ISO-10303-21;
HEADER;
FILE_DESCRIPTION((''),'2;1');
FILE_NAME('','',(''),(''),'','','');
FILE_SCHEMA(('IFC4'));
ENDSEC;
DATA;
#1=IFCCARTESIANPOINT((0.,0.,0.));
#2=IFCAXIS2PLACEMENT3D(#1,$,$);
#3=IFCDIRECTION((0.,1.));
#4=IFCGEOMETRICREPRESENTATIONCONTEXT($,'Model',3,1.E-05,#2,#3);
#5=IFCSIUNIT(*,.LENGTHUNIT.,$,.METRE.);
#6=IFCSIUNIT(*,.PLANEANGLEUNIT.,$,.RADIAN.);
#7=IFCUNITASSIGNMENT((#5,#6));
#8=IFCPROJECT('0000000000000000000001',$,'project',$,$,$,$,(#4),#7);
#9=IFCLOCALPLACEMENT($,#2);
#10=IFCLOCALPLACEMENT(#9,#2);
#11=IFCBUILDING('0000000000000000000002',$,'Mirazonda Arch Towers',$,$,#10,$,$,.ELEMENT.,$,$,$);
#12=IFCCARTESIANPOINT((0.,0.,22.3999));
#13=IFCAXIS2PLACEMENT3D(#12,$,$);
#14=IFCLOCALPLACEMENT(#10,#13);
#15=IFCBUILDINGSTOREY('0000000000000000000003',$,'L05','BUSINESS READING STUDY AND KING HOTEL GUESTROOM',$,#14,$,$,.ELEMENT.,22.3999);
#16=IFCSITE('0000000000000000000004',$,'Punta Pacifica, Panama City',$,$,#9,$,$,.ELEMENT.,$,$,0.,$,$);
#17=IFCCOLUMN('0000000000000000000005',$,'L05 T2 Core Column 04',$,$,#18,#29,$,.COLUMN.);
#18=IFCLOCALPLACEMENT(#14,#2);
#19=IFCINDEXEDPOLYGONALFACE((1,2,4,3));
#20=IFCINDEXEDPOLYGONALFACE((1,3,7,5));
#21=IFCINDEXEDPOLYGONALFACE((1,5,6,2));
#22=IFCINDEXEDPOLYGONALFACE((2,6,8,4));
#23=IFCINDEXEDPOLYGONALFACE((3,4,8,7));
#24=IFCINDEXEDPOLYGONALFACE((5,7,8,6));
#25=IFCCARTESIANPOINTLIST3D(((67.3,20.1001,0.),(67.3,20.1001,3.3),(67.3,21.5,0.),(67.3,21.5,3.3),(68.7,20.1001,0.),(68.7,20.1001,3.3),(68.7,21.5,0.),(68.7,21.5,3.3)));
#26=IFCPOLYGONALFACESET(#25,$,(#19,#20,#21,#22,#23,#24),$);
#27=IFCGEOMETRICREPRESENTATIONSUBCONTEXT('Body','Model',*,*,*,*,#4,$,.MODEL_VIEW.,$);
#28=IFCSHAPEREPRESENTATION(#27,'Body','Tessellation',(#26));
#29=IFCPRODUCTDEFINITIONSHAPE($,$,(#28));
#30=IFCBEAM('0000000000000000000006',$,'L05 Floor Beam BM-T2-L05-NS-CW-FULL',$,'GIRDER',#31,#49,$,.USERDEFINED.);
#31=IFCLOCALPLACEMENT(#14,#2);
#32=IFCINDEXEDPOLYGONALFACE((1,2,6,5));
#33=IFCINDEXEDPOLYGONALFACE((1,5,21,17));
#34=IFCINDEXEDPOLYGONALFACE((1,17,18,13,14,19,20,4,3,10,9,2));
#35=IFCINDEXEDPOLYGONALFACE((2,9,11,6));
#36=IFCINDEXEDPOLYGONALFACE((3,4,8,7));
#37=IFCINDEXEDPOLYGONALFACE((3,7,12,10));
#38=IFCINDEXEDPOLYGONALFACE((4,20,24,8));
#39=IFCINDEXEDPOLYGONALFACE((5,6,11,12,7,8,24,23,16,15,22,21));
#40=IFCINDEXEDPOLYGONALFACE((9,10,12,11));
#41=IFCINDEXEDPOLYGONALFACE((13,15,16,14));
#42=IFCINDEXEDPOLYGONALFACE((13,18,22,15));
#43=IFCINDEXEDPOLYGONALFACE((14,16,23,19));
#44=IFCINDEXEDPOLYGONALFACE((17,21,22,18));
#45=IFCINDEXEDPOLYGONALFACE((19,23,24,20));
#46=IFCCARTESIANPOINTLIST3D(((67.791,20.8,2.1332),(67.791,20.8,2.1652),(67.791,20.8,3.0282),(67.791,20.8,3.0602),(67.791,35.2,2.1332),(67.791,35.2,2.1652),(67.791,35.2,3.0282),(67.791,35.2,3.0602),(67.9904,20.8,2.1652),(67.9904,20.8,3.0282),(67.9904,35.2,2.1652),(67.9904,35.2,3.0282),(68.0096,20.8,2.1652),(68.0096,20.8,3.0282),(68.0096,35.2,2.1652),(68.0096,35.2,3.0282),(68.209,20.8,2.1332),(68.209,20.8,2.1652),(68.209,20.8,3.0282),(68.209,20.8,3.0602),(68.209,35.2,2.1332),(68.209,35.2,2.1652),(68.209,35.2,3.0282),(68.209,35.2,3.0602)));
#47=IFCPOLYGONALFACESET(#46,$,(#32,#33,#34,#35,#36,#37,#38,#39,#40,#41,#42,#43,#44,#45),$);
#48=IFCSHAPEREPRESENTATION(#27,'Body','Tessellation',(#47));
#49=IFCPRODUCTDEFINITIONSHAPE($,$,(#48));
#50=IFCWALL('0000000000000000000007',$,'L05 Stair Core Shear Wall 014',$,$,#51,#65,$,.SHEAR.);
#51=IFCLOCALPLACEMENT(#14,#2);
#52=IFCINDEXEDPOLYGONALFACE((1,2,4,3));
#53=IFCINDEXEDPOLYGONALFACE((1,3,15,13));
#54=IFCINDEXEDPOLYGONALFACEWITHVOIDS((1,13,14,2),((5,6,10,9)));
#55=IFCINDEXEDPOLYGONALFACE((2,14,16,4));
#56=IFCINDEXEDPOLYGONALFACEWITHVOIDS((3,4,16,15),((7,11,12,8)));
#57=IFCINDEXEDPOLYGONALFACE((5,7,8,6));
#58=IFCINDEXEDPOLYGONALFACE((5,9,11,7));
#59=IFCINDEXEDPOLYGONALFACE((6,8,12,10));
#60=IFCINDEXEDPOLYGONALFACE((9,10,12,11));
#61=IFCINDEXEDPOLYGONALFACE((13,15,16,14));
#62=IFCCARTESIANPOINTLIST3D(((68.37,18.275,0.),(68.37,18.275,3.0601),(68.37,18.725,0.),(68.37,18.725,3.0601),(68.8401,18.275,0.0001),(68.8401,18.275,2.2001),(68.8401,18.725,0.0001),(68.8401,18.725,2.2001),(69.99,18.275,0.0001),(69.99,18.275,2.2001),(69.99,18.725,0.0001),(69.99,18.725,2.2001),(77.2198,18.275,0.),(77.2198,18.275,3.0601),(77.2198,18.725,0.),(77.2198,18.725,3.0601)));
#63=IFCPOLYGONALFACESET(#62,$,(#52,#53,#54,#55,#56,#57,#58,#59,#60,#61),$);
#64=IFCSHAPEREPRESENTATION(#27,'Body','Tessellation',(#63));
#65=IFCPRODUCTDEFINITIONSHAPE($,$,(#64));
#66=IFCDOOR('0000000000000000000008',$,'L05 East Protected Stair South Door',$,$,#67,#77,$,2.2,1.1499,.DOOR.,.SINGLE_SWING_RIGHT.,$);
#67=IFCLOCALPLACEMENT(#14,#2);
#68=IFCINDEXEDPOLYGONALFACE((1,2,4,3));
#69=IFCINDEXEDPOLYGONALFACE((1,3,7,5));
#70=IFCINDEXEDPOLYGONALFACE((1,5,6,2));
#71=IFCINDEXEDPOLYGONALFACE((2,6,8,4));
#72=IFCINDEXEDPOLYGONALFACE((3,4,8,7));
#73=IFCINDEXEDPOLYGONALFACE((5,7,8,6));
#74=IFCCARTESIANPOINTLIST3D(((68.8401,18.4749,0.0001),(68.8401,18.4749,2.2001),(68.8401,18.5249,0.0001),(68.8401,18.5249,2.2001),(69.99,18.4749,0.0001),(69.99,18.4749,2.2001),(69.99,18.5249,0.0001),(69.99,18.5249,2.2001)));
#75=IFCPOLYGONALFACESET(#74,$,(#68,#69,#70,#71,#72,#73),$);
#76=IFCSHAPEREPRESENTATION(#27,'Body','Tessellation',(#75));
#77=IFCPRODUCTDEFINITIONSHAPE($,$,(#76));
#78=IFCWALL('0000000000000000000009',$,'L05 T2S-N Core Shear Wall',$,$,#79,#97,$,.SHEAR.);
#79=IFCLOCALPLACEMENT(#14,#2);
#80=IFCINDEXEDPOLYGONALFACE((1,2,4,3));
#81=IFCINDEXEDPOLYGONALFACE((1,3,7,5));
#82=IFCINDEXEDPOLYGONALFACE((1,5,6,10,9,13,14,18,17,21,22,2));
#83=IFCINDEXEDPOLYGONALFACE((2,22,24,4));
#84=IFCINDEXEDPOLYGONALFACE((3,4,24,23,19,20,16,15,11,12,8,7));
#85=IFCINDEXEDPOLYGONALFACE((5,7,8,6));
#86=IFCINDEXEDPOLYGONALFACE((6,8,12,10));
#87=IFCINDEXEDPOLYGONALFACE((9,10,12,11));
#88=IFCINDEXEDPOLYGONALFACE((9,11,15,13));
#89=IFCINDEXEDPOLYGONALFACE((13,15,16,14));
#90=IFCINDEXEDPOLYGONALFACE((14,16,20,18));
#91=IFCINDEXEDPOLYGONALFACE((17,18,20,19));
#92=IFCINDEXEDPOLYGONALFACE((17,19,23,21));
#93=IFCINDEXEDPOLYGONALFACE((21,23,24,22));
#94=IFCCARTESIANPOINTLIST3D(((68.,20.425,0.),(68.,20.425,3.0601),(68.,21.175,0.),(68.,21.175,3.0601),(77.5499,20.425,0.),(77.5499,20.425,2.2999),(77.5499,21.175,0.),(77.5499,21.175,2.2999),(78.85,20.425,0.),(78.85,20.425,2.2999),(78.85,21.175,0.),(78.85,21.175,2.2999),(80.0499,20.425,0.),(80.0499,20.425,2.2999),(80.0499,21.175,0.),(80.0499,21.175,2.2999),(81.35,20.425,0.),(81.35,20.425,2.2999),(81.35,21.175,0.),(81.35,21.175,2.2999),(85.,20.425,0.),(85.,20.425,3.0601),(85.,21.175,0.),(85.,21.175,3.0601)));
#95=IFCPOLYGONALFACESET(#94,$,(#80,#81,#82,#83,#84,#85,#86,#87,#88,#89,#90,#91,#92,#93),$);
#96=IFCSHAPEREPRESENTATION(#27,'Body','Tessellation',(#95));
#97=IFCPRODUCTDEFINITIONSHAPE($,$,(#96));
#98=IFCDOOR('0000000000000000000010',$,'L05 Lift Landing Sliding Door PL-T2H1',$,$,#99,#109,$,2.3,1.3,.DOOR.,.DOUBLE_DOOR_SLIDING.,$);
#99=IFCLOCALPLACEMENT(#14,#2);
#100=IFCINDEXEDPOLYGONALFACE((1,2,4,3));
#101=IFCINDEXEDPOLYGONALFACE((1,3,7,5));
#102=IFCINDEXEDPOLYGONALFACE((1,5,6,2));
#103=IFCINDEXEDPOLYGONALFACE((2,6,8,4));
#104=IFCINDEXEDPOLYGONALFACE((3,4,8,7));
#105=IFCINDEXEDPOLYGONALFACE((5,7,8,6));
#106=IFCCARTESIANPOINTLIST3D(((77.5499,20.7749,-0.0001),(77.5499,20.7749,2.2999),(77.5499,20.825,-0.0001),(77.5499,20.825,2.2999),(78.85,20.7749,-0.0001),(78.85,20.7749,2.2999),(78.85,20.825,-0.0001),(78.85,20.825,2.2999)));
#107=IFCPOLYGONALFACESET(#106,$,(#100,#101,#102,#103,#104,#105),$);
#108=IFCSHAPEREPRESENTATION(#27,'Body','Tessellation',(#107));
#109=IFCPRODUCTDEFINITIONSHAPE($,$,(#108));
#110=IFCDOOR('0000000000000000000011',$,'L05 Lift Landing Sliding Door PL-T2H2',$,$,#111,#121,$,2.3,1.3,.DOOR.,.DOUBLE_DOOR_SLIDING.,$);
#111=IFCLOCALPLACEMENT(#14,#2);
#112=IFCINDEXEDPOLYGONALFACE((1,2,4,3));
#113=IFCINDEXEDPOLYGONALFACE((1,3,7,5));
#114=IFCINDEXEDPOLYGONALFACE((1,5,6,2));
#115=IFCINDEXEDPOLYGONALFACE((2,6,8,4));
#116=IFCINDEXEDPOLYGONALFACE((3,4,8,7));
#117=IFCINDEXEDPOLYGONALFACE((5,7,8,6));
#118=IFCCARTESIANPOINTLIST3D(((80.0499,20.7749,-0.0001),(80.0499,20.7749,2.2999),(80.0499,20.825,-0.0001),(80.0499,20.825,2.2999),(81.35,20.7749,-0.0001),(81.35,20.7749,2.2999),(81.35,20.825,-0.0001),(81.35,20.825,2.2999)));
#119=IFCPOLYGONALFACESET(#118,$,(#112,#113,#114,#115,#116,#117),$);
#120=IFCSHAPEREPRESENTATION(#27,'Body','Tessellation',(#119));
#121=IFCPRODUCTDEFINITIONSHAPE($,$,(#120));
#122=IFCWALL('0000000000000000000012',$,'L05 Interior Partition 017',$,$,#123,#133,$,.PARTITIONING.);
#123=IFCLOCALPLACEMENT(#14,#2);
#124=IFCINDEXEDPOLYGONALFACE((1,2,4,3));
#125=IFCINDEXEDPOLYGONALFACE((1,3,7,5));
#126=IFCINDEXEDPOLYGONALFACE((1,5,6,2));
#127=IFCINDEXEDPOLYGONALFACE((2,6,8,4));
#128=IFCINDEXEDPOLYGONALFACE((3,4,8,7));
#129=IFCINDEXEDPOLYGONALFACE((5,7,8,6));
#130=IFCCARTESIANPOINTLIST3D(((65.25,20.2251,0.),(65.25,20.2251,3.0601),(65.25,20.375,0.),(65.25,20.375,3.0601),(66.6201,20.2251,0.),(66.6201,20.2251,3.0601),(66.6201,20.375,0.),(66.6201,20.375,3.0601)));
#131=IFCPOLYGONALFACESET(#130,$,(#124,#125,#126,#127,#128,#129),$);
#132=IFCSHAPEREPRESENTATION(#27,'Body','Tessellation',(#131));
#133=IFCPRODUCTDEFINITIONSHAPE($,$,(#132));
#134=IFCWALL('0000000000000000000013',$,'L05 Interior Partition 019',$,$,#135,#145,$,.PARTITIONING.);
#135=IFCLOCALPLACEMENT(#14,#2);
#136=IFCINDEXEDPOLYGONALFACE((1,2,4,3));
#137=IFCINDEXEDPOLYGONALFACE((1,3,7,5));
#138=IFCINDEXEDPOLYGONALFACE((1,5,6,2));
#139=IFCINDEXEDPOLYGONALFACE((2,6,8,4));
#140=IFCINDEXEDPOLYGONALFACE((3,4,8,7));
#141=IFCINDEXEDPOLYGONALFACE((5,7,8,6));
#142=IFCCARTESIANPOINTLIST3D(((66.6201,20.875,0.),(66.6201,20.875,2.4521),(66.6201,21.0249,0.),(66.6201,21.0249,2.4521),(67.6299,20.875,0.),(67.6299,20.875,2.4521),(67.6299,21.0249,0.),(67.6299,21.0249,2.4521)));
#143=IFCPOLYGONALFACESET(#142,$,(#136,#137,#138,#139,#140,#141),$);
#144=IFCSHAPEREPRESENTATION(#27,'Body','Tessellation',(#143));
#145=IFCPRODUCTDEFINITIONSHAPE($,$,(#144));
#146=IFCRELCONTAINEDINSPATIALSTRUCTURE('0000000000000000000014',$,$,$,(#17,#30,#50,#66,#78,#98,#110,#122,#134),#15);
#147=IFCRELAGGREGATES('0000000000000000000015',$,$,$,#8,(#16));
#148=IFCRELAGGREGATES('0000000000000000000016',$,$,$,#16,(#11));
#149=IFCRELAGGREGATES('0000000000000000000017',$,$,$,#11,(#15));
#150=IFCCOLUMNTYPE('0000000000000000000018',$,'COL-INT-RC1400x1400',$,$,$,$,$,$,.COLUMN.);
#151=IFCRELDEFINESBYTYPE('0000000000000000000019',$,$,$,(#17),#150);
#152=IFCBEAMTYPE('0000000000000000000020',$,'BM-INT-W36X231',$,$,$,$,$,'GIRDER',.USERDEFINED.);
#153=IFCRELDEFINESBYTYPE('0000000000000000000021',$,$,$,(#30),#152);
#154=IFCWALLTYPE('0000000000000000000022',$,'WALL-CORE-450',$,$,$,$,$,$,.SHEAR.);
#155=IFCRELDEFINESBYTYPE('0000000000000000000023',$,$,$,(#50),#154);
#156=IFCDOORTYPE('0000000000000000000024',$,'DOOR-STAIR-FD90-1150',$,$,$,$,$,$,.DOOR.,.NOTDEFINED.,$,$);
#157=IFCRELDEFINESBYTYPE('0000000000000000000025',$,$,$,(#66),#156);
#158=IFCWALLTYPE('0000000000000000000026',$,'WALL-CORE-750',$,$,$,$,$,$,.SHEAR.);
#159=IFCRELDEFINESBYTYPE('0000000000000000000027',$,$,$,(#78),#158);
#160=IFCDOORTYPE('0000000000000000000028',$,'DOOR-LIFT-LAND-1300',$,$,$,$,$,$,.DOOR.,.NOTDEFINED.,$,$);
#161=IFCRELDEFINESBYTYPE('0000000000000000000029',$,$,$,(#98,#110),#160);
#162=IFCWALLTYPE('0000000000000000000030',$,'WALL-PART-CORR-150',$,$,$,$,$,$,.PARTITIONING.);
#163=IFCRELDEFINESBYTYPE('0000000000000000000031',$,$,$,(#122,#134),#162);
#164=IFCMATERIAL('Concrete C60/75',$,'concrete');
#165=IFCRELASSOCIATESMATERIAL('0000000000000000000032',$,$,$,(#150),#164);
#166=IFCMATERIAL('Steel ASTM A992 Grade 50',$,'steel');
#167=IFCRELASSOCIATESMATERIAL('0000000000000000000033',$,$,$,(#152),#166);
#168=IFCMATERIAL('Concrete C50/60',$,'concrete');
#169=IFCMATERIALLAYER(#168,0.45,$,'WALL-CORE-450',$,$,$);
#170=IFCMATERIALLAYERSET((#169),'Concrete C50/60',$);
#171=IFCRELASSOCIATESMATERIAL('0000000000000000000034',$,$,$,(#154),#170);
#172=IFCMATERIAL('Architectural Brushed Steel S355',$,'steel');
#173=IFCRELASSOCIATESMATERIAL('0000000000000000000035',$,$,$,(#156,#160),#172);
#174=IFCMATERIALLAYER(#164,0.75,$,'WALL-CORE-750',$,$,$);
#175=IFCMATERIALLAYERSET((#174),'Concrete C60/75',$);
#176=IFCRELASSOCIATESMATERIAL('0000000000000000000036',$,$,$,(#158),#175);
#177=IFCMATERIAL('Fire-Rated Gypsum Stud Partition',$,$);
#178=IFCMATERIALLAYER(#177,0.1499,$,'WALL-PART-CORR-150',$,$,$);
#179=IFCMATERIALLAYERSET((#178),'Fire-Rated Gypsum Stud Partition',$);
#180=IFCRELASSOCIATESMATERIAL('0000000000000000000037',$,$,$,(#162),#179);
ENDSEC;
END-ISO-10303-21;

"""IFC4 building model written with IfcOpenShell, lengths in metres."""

from ifc_helpers import new_model, si_unit, direction, frame, frame_2d, origin, origin_2d, place, context, subcontext, project, spatial, rectangle, i_section, extrude, material, layer, layer_set, material_profile, profile_set, type_object, element, fill, save


model = new_model("IFC4")

# Units and contexts
model_context = context("Model", 3, precision=1e-05, world=origin(), true_north=direction((0.0, 1.0)))
body_context = subcontext(model_context, "Body", "Model", "MODEL_VIEW")
ifc_project = project(units=[si_unit("LENGTHUNIT", "METRE"), si_unit("PLANEANGLEUNIT", "RADIAN")], contexts=[model_context])

# Site, building, storey
site_placement = place(None, origin())
site = spatial("IfcSite", under=ifc_project, at=site_placement, Name="Punta Pacifica, Panama City", CompositionType="ELEMENT", RefElevation=0.0)
building_placement = place(site_placement, origin())
building = spatial("IfcBuilding", under=site, at=building_placement, Name="Mirazonda Arch Towers", CompositionType="ELEMENT")
storey_placement = place(building_placement, frame((0.0, 0.0, 22.3999)))
storey = spatial("IfcBuildingStorey", under=building, at=storey_placement, Name="L05", Description="BUSINESS READING STUDY AND KING HOTEL GUESTROOM", CompositionType="ELEMENT", Elevation=22.3999)

# Column
ifc_material_1 = material(Name="Concrete C60/75", Category="concrete")
ifc_material_profile_1 = material_profile(ifc_material_1, rectangle(XDim=1.3999, YDim=1.3999, at=origin_2d()), Name="RC1400x1400")
ifc_profile_set_1 = profile_set([ifc_material_profile_1], Name="Concrete C60/75")
column_type = type_object("IfcColumnType", Name="COL-INT-RC1400x1400", PredefinedType="COLUMN", material=ifc_profile_set_1)
column_placement = place(storey_placement, frame((68.0, 20.8, 0.0), z_axis=(0.0, 0.0, 1.0), x_axis=(1.0, 0.0, 0.0)))
element("IfcColumn", 1, at=column_placement, inside=storey, type_object=column_type, Name="L05 T2 Core Column 04", PredefinedType="COLUMN", context=body_context, shape_type="SweptSolid", body=[
    extrude(rectangle(XDim=1.3999, YDim=1.3999, at=origin_2d()), origin(), (0.0, 0.0, 1.0), 3.3),
])

# Beam
ifc_material_2 = material(Name="Steel ASTM A992 Grade 50", Category="steel")
ifc_material_profile_2 = material_profile(ifc_material_2, i_section(OverallWidth=0.418, OverallDepth=0.927, WebThickness=0.0193, FlangeThickness=0.032, at=origin_2d()), Name="W36X231")
ifc_profile_set_2 = profile_set([ifc_material_profile_2], Name="Steel ASTM A992 Grade 50")
beam_type = type_object("IfcBeamType", Name="BM-INT-W36X231", ElementType="GIRDER", PredefinedType="USERDEFINED", material=ifc_profile_set_2)
beam_placement = place(storey_placement, frame((68.0, 20.8, 2.5967), z_axis=(0.0, 1.0, 0.0), x_axis=(-1.0, 0.0, 0.0)))
element("IfcBeam", 2, at=beam_placement, inside=storey, type_object=beam_type, Name="L05 Floor Beam BM-T2-L05-NS-CW-FULL", ObjectType="GIRDER", PredefinedType="USERDEFINED", context=body_context, shape_type="SweptSolid", body=[
    extrude(i_section(OverallWidth=0.418, OverallDepth=0.927, WebThickness=0.0193, FlangeThickness=0.032, at=origin_2d()), origin(), (0.0, 0.0, 1.0), 14.3999),
])

# Wall, opening, door
ifc_material_3 = material(Name="Concrete C50/60", Category="concrete")
ifc_layer_1 = layer(ifc_material_3, 0.45, Name="WALL-CORE-450")
ifc_layer_set_1 = layer_set([ifc_layer_1], Name="Concrete C50/60")
wall_type_1 = type_object("IfcWallType", Name="WALL-CORE-450", PredefinedType="SHEAR", material=ifc_layer_set_1)
wall_1_placement = place(storey_placement, frame((68.3701, 18.5, 0.0), z_axis=(0.0, 0.0, 1.0), x_axis=(1.0, 0.0, 0.0)))
wall_1 = element("IfcWall", 3, at=wall_1_placement, inside=storey, type_object=wall_type_1, Name="L05 Stair Core Shear Wall 014", PredefinedType="SHEAR", context=body_context, shape_type="SweptSolid", body=[
    extrude(rectangle(XDim=8.8499, YDim=0.45, at=frame_2d((4.4248, 0.0))), origin(), (0.0, 0.0, 1.0), 3.0601),
])
opening_1_placement = place(wall_1_placement, frame((0.47, 0.0, 0.0)))
opening_1 = element("IfcOpeningElement", 4, at=opening_1_placement, cuts=wall_1, PredefinedType="OPENING", context=body_context, shape_type="SweptSolid", body=[
    extrude(rectangle(XDim=1.1499, YDim=2.2, at=frame_2d((0.575, 1.1001))), frame((0.0, 0.2349, 0.0), z_axis=(0.0, -1.0, 0.0), x_axis=(1.0, 0.0, 0.0)), (0.0, 0.0, 1.0), 0.47),
])
ifc_material_4 = material(Name="Architectural Brushed Steel S355", Category="steel")
door_type_1 = type_object("IfcDoorType", Name="DOOR-STAIR-FD90-1150", OperationType="NOTDEFINED", PredefinedType="DOOR", material=ifc_material_4)
door_1_placement = place(opening_1_placement, origin())
door_1 = element("IfcDoor", 5, at=door_1_placement, inside=storey, type_object=door_type_1, Name="L05 East Protected Stair South Door", OperationType="SINGLE_SWING_RIGHT", OverallHeight=2.2, OverallWidth=1.1499, PredefinedType="DOOR", context=body_context, shape_type="SweptSolid", body=[
    extrude(rectangle(XDim=1.1499, YDim=2.2, at=frame_2d((0.575, 1.1001))), frame((0.0, 0.0249, 0.0), z_axis=(0.0, -1.0, 0.0), x_axis=(1.0, 0.0, 0.0)), (0.0, 0.0, 1.0), 0.05),
])
fill(opening_1, door_1)

# Wall, openings, doors
ifc_layer_2 = layer(ifc_material_1, 0.75, Name="WALL-CORE-750")
ifc_layer_set_2 = layer_set([ifc_layer_2], Name="Concrete C60/75")
wall_type_2 = type_object("IfcWallType", Name="WALL-CORE-750", PredefinedType="SHEAR", material=ifc_layer_set_2)
wall_2_placement = place(storey_placement, frame((68.0, 20.8, 0.0), z_axis=(0.0, 0.0, 1.0), x_axis=(1.0, 0.0, 0.0)))
wall_2 = element("IfcWall", 6, at=wall_2_placement, inside=storey, type_object=wall_type_2, Name="L05 T2S-N Core Shear Wall", PredefinedType="SHEAR", context=body_context, shape_type="SweptSolid", body=[
    extrude(rectangle(XDim=17.0, YDim=0.75, at=frame_2d((8.5, 0.0))), origin(), (0.0, 0.0, 1.0), 3.0601),
])
opening_2_placement = place(wall_2_placement, frame((9.55, 0.0, 0.0)))
opening_2 = element("IfcOpeningElement", 7, at=opening_2_placement, cuts=wall_2, PredefinedType="OPENING", context=body_context, shape_type="SweptSolid", body=[
    extrude(rectangle(XDim=1.3, YDim=2.3, at=frame_2d((0.6499, 1.1499))), frame((0.0, 0.385, 0.0), z_axis=(0.0, -1.0, 0.0), x_axis=(1.0, 0.0, 0.0)), (0.0, 0.0, 1.0), 0.77),
])
opening_3_placement = place(wall_2_placement, frame((12.05, 0.0, 0.0)))
opening_3 = element("IfcOpeningElement", 8, at=opening_3_placement, cuts=wall_2, PredefinedType="OPENING", context=body_context, shape_type="SweptSolid", body=[
    extrude(rectangle(XDim=1.3, YDim=2.3, at=frame_2d((0.6499, 1.1499))), frame((0.0, 0.385, 0.0), z_axis=(0.0, -1.0, 0.0), x_axis=(1.0, 0.0, 0.0)), (0.0, 0.0, 1.0), 0.77),
])
door_type_2 = type_object("IfcDoorType", Name="DOOR-LIFT-LAND-1300", OperationType="NOTDEFINED", PredefinedType="DOOR", material=ifc_material_4)
door_2_placement = place(opening_2_placement, origin())
door_2 = element("IfcDoor", 9, at=door_2_placement, inside=storey, type_object=door_type_2, Name="L05 Lift Landing Sliding Door PL-T2H1", OperationType="DOUBLE_DOOR_SLIDING", OverallHeight=2.3, OverallWidth=1.3, PredefinedType="DOOR", context=body_context, shape_type="SweptSolid", body=[
    extrude(rectangle(XDim=1.3, YDim=2.3, at=frame_2d((0.6499, 1.1499))), frame((0.0, 0.0249, 0.0), z_axis=(0.0, -1.0, 0.0), x_axis=(1.0, 0.0, 0.0)), (0.0, 0.0, 1.0), 0.05),
])
fill(opening_2, door_2)
door_3_placement = place(opening_3_placement, origin())
door_3 = element("IfcDoor", 10, at=door_3_placement, inside=storey, type_object=door_type_2, Name="L05 Lift Landing Sliding Door PL-T2H2", OperationType="DOUBLE_DOOR_SLIDING", OverallHeight=2.3, OverallWidth=1.3, PredefinedType="DOOR", context=body_context, shape_type="SweptSolid", body=[
    extrude(rectangle(XDim=1.3, YDim=2.3, at=frame_2d((0.6499, 1.1499))), frame((0.0, 0.0249, 0.0), z_axis=(0.0, -1.0, 0.0), x_axis=(1.0, 0.0, 0.0)), (0.0, 0.0, 1.0), 0.05),
])
fill(opening_3, door_3)

# Walls
ifc_material_5 = material(Name="Fire-Rated Gypsum Stud Partition")
ifc_layer_3 = layer(ifc_material_5, 0.1499, Name="WALL-PART-CORR-150")
ifc_layer_set_3 = layer_set([ifc_layer_3], Name="Fire-Rated Gypsum Stud Partition")
wall_type_3 = type_object("IfcWallType", Name="WALL-PART-CORR-150", PredefinedType="PARTITIONING", material=ifc_layer_set_3)
wall_3_placement = place(storey_placement, frame((65.25, 20.3, 0.0), z_axis=(0.0, 0.0, 1.0), x_axis=(1.0, 0.0, 0.0)))
element("IfcWall", 11, at=wall_3_placement, inside=storey, type_object=wall_type_3, Name="L05 Interior Partition 017", PredefinedType="PARTITIONING", context=body_context, shape_type="SweptSolid", body=[
    extrude(rectangle(XDim=1.3701, YDim=0.1499, at=frame_2d((0.6851, 0.0))), origin(), (0.0, 0.0, 1.0), 3.0601),
])
wall_4_placement = place(storey_placement, frame((66.6201, 20.95, 0.0), z_axis=(0.0, 0.0, 1.0), x_axis=(1.0, 0.0, 0.0)))
element("IfcWall", 12, at=wall_4_placement, inside=storey, type_object=wall_type_3, Name="L05 Interior Partition 019", PredefinedType="PARTITIONING", context=body_context, shape_type="SweptSolid", body=[
    extrude(rectangle(XDim=1.0098, YDim=0.1499, at=frame_2d((0.5049, 0.0))), origin(), (0.0, 0.0, 1.0), 2.4521),
])

save(model, "model.ifc")
